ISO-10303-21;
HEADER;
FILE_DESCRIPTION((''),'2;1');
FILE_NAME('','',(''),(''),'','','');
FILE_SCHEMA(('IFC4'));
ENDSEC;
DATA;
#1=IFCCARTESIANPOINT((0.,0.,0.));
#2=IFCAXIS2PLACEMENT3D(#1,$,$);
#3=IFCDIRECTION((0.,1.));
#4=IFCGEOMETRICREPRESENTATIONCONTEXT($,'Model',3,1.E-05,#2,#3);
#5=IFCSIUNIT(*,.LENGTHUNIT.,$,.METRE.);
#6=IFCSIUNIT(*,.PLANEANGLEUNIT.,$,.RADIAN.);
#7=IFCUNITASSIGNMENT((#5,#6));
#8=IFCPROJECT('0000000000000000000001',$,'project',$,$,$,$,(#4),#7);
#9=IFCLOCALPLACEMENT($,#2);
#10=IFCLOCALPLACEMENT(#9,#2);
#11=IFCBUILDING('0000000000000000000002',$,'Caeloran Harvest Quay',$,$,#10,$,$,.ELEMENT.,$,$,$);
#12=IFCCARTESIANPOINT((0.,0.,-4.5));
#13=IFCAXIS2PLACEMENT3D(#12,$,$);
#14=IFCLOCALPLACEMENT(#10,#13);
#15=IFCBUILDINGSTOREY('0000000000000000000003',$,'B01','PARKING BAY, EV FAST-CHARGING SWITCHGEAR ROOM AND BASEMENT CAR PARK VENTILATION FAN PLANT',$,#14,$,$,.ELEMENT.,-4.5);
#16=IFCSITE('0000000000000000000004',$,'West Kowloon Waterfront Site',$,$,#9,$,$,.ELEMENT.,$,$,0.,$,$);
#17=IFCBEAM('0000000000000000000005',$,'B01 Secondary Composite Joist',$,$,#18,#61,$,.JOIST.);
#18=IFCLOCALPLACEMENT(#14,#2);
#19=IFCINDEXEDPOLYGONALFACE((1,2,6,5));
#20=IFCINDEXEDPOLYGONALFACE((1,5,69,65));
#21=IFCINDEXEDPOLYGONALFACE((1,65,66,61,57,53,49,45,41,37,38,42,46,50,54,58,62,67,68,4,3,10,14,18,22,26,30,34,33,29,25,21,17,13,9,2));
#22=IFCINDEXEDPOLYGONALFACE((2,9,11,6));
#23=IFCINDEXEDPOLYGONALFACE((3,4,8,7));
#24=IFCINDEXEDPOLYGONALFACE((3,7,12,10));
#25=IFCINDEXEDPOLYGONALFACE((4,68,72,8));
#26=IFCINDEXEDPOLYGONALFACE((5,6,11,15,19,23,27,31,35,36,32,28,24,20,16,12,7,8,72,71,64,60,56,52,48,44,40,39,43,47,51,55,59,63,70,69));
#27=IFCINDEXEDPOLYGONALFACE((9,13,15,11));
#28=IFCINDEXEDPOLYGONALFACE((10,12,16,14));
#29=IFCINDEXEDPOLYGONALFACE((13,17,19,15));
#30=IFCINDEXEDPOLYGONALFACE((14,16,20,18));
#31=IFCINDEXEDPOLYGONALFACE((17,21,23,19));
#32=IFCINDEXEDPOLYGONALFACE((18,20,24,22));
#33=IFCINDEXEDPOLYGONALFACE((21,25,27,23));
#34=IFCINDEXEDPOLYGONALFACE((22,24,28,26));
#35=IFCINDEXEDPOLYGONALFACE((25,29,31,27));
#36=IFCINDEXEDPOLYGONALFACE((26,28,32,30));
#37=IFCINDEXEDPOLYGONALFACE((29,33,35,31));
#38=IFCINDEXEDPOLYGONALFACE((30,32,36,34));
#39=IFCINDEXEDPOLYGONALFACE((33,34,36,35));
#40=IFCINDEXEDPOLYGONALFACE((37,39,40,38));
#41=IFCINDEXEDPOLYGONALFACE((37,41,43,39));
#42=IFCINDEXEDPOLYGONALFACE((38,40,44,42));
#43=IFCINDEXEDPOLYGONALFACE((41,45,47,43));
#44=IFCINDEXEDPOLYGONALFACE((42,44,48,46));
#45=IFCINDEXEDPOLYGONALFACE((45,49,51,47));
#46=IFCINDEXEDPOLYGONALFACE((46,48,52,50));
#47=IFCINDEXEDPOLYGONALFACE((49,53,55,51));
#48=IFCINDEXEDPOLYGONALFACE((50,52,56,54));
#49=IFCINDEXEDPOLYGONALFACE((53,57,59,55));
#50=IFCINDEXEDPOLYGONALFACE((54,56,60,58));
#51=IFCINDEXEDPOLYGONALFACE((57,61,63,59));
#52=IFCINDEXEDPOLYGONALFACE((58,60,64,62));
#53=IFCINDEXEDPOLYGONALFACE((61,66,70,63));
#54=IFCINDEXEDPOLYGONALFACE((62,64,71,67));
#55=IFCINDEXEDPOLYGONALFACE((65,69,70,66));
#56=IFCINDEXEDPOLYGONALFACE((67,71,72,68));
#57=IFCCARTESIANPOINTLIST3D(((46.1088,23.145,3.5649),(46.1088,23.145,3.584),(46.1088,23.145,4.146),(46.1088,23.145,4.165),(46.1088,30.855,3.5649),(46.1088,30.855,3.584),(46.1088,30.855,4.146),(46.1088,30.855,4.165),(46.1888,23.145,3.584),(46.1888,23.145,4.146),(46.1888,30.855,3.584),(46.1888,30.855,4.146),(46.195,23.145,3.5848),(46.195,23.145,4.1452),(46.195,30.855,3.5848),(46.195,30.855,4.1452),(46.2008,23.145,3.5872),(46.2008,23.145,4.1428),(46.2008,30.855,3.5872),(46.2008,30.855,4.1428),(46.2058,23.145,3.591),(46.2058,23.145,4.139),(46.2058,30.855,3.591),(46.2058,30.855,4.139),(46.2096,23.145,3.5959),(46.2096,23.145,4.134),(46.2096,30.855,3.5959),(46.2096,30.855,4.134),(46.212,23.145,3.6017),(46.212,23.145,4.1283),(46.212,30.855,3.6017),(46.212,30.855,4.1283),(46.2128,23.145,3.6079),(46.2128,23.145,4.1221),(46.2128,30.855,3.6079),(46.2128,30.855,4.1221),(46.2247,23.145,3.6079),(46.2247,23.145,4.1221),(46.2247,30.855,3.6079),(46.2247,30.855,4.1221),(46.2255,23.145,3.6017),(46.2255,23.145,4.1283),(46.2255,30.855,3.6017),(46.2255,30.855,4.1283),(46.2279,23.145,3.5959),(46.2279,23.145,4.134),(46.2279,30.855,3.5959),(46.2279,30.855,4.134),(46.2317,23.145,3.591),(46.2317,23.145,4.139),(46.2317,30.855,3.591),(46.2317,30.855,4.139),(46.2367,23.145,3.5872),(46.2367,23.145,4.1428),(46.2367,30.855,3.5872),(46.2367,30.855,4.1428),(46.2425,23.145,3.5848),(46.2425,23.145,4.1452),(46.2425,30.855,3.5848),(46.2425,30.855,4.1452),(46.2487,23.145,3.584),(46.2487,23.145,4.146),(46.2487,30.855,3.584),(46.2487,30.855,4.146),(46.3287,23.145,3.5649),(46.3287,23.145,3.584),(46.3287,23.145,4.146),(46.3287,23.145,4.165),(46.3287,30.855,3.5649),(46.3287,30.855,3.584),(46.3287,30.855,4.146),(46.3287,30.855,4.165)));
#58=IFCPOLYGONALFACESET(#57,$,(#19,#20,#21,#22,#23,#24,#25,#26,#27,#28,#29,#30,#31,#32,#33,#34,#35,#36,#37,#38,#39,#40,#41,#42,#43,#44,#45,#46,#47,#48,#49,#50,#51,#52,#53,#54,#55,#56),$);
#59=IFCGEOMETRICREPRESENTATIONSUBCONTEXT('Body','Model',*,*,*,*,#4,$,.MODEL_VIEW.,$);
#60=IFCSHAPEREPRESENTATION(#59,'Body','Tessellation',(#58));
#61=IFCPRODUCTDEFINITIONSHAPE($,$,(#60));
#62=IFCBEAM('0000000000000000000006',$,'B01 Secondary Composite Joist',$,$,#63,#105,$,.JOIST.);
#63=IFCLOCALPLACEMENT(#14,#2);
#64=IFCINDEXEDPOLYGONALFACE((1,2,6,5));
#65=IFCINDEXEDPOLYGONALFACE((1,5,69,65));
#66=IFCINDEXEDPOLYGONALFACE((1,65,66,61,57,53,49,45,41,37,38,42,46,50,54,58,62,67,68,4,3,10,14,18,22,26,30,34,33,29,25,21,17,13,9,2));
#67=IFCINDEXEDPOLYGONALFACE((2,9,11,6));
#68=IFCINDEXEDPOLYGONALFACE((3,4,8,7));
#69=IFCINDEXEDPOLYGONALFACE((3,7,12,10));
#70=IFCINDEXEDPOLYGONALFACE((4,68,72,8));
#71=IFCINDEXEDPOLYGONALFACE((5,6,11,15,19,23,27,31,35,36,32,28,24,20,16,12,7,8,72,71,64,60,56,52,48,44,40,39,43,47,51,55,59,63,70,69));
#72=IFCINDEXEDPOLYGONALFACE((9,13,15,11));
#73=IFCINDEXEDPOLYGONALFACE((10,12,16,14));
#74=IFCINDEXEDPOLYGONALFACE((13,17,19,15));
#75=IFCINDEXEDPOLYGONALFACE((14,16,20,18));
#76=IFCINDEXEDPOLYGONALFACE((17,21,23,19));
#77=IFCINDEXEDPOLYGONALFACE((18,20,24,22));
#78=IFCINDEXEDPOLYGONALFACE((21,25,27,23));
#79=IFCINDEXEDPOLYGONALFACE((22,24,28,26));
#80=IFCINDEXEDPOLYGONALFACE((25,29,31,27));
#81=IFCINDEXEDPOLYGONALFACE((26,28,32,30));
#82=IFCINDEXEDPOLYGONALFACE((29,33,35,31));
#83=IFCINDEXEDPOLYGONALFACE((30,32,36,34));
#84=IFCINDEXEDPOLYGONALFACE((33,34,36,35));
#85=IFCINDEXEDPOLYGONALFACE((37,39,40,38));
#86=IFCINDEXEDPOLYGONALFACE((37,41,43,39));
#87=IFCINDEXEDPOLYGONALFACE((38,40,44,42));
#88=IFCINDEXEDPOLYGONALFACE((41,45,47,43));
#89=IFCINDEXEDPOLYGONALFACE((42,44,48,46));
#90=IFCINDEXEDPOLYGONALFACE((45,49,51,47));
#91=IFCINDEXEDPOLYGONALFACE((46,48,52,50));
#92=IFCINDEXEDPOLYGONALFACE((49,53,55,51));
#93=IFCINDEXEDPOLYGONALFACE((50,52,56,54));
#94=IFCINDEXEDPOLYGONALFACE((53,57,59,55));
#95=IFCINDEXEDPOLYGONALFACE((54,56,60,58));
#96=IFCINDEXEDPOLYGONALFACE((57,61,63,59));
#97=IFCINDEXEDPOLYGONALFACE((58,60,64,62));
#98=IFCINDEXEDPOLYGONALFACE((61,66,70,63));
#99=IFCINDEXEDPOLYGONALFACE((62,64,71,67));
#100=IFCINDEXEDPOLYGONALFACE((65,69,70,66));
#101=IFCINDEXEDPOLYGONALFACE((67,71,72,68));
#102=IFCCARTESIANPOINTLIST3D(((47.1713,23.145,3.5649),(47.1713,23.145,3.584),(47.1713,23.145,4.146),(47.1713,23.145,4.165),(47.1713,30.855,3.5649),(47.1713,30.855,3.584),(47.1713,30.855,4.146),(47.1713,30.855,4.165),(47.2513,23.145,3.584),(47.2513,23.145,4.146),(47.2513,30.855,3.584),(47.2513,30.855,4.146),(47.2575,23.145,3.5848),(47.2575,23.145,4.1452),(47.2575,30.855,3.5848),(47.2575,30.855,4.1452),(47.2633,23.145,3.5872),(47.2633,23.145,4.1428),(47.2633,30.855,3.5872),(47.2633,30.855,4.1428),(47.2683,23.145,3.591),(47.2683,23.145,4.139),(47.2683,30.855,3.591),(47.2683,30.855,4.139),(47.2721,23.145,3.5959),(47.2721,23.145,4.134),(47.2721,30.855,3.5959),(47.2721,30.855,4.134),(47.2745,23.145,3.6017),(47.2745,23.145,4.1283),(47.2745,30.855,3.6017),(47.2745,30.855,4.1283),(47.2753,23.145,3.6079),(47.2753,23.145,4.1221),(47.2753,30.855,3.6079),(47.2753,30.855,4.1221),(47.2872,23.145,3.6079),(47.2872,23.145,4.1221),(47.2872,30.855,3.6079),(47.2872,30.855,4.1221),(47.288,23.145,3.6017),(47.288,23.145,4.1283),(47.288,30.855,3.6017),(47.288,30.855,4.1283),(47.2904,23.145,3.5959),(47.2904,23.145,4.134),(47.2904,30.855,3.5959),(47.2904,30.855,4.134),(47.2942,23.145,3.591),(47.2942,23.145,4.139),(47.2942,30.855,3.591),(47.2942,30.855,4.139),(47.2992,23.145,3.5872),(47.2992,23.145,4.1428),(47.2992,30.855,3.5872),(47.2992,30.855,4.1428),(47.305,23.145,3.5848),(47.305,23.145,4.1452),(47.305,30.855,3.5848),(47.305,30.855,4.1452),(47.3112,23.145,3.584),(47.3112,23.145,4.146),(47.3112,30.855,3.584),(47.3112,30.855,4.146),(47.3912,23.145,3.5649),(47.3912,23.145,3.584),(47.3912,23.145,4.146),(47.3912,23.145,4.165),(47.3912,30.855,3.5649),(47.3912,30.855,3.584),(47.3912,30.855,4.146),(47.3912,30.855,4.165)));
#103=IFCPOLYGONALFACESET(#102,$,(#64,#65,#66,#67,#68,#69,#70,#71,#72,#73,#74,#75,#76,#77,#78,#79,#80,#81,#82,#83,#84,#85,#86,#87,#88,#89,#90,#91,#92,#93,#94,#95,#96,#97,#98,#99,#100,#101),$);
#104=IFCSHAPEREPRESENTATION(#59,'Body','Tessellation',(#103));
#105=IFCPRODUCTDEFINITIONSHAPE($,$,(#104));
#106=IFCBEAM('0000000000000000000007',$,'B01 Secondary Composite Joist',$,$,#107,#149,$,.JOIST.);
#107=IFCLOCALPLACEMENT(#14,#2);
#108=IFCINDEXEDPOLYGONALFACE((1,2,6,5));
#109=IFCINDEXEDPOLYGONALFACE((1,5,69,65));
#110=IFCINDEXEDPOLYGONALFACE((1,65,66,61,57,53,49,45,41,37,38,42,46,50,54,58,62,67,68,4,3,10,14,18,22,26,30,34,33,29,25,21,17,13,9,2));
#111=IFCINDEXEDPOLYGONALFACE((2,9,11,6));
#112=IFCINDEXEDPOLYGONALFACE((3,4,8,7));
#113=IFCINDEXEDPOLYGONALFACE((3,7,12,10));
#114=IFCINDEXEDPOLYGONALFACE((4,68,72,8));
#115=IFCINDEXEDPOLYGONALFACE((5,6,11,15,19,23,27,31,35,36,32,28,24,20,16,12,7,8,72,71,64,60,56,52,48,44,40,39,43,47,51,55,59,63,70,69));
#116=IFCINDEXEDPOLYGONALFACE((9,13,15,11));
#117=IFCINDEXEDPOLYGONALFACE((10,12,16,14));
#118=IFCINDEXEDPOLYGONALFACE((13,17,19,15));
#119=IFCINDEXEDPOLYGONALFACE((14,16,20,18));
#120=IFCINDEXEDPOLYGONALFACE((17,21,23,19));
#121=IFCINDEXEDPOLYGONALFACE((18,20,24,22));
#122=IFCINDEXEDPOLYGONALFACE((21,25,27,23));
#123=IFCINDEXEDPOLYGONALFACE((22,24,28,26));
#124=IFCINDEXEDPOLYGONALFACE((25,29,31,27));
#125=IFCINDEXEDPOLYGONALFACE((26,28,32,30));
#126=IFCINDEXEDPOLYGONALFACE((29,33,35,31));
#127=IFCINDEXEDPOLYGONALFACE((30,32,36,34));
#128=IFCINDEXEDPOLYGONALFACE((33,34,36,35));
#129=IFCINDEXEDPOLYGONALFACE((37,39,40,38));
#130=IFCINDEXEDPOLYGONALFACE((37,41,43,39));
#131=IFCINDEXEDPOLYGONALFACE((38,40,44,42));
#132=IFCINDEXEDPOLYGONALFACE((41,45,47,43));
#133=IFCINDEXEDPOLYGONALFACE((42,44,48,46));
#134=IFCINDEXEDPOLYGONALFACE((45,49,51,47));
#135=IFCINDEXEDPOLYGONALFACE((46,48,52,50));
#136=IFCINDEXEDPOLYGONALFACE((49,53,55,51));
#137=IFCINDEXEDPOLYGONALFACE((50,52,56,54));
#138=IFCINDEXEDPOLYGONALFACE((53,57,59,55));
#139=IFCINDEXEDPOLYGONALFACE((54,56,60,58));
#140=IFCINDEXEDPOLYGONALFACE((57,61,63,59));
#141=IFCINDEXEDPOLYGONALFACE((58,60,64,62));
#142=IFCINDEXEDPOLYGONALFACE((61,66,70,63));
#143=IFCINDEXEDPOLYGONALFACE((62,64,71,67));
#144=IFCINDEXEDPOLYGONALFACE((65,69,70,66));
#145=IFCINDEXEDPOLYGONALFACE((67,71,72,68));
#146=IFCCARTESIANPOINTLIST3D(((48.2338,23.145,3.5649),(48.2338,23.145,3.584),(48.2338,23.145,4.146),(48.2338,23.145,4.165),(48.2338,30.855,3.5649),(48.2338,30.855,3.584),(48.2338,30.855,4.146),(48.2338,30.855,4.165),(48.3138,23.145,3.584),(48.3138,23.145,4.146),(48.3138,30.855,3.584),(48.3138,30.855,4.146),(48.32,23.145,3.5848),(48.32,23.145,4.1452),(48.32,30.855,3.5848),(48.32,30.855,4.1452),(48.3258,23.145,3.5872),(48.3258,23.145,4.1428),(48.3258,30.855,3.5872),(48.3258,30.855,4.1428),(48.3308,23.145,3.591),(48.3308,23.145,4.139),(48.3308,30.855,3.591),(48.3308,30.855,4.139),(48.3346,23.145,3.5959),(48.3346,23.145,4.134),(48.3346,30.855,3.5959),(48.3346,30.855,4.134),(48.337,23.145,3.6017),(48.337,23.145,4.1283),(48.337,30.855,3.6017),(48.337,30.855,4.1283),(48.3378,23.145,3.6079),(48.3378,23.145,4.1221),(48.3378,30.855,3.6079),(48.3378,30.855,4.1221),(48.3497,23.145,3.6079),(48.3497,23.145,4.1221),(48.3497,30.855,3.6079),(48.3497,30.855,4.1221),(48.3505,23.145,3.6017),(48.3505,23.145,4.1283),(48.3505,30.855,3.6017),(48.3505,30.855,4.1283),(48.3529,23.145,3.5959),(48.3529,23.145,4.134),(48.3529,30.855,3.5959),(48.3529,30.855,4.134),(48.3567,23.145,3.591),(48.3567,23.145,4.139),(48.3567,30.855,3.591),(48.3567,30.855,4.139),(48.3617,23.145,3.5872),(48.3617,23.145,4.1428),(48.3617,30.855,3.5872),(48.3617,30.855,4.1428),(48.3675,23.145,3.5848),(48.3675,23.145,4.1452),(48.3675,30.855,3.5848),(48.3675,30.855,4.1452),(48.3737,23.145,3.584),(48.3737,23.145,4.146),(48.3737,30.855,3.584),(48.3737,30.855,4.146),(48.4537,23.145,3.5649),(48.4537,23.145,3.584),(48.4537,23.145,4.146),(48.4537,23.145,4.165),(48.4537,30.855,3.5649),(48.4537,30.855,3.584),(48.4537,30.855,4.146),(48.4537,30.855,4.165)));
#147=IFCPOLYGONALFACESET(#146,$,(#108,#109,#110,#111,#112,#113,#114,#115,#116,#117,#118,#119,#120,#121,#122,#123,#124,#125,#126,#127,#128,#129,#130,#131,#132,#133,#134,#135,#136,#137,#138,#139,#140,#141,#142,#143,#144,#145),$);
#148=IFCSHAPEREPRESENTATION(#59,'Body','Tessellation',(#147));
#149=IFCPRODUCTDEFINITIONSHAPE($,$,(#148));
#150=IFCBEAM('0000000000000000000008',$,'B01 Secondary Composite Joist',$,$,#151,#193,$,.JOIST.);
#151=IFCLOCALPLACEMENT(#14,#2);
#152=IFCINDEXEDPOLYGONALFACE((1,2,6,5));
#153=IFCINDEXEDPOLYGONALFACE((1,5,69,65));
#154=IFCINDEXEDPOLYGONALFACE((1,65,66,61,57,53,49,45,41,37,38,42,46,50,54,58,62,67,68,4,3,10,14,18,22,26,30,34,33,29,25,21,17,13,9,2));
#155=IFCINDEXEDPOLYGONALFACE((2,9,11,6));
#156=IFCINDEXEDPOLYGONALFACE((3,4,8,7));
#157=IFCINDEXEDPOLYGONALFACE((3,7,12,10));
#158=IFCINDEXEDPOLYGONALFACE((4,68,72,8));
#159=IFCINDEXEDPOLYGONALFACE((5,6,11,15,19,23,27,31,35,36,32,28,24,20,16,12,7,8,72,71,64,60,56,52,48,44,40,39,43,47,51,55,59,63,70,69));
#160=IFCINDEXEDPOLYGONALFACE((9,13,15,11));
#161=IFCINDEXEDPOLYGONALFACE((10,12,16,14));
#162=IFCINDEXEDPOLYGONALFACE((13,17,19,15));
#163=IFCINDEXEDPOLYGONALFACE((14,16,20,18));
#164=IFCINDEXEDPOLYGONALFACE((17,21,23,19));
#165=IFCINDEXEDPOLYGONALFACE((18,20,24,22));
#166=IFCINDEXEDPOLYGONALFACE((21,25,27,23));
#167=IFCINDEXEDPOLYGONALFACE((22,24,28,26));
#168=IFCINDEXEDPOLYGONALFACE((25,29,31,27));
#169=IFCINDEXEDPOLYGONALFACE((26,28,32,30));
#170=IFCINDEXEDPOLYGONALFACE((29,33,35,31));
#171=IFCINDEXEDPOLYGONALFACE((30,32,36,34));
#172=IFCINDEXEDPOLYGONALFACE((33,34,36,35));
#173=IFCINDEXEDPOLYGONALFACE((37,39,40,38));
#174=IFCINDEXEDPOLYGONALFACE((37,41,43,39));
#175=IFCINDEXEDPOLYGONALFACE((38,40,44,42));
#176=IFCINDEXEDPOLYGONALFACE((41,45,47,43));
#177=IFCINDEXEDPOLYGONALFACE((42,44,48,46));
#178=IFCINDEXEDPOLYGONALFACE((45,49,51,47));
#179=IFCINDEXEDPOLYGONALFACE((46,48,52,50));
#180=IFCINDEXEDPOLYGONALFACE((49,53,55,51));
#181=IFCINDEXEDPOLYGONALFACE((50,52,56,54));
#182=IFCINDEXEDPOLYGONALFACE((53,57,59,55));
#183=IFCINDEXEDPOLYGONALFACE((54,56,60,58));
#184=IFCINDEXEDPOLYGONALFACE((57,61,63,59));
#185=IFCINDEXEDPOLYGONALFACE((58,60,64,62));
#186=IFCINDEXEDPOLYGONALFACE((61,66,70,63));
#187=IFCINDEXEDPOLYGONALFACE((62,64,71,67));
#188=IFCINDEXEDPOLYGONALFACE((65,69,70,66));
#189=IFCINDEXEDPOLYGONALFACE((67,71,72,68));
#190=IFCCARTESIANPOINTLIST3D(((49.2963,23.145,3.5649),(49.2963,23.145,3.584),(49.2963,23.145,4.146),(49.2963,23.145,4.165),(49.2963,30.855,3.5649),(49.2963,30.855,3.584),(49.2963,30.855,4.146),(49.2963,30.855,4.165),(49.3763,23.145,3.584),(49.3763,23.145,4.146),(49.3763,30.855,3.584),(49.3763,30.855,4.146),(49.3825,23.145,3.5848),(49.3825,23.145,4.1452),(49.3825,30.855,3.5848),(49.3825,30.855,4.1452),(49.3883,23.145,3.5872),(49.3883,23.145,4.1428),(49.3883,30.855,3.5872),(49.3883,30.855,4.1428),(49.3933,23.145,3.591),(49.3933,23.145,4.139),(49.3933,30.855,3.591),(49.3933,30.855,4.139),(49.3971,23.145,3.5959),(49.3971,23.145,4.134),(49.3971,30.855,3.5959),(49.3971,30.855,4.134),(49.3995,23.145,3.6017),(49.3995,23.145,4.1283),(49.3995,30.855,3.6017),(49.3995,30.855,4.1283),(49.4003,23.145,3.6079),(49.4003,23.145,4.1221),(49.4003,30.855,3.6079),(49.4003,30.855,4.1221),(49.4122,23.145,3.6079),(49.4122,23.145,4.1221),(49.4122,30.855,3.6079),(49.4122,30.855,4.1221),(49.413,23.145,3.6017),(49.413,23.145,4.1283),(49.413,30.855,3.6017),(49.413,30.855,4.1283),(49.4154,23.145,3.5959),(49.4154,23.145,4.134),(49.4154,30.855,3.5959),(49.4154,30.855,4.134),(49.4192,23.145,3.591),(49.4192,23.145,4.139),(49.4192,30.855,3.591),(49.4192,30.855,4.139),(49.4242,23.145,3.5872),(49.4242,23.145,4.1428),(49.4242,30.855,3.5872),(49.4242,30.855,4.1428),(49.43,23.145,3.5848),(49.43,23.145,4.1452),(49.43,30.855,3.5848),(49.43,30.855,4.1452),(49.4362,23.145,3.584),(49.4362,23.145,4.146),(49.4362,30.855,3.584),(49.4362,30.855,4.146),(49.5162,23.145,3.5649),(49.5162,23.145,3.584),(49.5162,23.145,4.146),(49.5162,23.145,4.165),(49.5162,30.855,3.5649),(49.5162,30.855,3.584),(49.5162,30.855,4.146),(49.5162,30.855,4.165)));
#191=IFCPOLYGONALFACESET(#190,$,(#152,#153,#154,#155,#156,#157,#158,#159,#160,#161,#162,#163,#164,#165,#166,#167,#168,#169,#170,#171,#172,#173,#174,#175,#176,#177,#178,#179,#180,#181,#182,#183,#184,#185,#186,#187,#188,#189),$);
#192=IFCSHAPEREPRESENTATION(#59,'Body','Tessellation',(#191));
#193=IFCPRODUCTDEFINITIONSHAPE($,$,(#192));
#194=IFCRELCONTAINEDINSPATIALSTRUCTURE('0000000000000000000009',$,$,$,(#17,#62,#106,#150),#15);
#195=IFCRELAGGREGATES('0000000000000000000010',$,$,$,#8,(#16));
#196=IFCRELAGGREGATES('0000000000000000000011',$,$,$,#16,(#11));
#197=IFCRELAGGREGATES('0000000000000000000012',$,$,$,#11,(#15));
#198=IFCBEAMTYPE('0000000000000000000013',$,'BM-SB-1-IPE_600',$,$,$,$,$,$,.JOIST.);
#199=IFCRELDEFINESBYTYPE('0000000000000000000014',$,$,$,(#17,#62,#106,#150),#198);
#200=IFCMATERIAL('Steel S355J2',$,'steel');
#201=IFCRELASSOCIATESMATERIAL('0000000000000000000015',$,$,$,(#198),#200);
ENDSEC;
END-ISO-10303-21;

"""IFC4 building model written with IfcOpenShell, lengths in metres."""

from ifc_helpers import new_model, si_unit, direction, frame, origin, origin_2d, place, context, subcontext, project, spatial, i_section, extrude, material, material_profile, profile_set, type_object, element, save


model = new_model("IFC4")

# Units and contexts
model_context = context("Model", 3, precision=1e-05, world=origin(), true_north=direction((0.0, 1.0)))
body_context = subcontext(model_context, "Body", "Model", "MODEL_VIEW")
ifc_project = project(units=[si_unit("LENGTHUNIT", "METRE"), si_unit("PLANEANGLEUNIT", "RADIAN")], contexts=[model_context])

# Site, building, storey
site_placement = place(None, origin())
site = spatial("IfcSite", under=ifc_project, at=site_placement, Name="West Kowloon Waterfront Site", CompositionType="ELEMENT", RefElevation=0.0)
building_placement = place(site_placement, origin())
building = spatial("IfcBuilding", under=site, at=building_placement, Name="Caeloran Harvest Quay", CompositionType="ELEMENT")
storey_placement = place(building_placement, frame((0.0, 0.0, -4.5)))
storey = spatial("IfcBuildingStorey", under=building, at=storey_placement, Name="B01", Description="PARKING BAY, EV FAST-CHARGING SWITCHGEAR ROOM AND BASEMENT CAR PARK VENTILATION FAN PLANT", CompositionType="ELEMENT", Elevation=-4.5)

# Beams
ifc_material_1 = material(Name="Steel S355J2", Category="steel")
ifc_material_profile_1 = material_profile(ifc_material_1, i_section(OverallWidth=0.22, OverallDepth=0.6001, WebThickness=0.012, FlangeThickness=0.019, FilletRadius=0.0239, at=origin_2d()), Name="IPE 600")
ifc_profile_set_1 = profile_set([ifc_material_profile_1], Name="Steel S355J2")
beam_type_1 = type_object("IfcBeamType", Name="BM-SB-1-IPE_600", PredefinedType="JOIST", material=ifc_profile_set_1)
for number, where, z_axis, x_axis, name in (
    (1, (46.2188, 23.145, 3.865), (0.0, 1.0, 0.0), (-1.0, 0.0, 0.0), "B01 Secondary Composite Joist"),
    (2, (47.2812, 23.145, 3.865), (0.0, 1.0, 0.0), (-1.0, 0.0, 0.0), "B01 Secondary Composite Joist"),
    (3, (48.3438, 23.145, 3.865), (0.0, 1.0, 0.0), (-1.0, 0.0, 0.0), "B01 Secondary Composite Joist"),
    (4, (49.4062, 23.145, 3.865), (0.0, 1.0, 0.0), (-1.0, 0.0, 0.0), "B01 Secondary Composite Joist"),
):
    element("IfcBeam", number, at=place(storey_placement, frame(where, z_axis=z_axis, x_axis=x_axis)), inside=storey, type_object=beam_type_1, Name=name, PredefinedType="JOIST", context=body_context, shape_type="SweptSolid", body=[
        extrude(i_section(OverallWidth=0.22, OverallDepth=0.6001, WebThickness=0.012, FlangeThickness=0.019, FilletRadius=0.0239, at=origin_2d()), origin(), (0.0, 0.0, 1.0), 7.71),
    ])

save(model, "model.ifc")
